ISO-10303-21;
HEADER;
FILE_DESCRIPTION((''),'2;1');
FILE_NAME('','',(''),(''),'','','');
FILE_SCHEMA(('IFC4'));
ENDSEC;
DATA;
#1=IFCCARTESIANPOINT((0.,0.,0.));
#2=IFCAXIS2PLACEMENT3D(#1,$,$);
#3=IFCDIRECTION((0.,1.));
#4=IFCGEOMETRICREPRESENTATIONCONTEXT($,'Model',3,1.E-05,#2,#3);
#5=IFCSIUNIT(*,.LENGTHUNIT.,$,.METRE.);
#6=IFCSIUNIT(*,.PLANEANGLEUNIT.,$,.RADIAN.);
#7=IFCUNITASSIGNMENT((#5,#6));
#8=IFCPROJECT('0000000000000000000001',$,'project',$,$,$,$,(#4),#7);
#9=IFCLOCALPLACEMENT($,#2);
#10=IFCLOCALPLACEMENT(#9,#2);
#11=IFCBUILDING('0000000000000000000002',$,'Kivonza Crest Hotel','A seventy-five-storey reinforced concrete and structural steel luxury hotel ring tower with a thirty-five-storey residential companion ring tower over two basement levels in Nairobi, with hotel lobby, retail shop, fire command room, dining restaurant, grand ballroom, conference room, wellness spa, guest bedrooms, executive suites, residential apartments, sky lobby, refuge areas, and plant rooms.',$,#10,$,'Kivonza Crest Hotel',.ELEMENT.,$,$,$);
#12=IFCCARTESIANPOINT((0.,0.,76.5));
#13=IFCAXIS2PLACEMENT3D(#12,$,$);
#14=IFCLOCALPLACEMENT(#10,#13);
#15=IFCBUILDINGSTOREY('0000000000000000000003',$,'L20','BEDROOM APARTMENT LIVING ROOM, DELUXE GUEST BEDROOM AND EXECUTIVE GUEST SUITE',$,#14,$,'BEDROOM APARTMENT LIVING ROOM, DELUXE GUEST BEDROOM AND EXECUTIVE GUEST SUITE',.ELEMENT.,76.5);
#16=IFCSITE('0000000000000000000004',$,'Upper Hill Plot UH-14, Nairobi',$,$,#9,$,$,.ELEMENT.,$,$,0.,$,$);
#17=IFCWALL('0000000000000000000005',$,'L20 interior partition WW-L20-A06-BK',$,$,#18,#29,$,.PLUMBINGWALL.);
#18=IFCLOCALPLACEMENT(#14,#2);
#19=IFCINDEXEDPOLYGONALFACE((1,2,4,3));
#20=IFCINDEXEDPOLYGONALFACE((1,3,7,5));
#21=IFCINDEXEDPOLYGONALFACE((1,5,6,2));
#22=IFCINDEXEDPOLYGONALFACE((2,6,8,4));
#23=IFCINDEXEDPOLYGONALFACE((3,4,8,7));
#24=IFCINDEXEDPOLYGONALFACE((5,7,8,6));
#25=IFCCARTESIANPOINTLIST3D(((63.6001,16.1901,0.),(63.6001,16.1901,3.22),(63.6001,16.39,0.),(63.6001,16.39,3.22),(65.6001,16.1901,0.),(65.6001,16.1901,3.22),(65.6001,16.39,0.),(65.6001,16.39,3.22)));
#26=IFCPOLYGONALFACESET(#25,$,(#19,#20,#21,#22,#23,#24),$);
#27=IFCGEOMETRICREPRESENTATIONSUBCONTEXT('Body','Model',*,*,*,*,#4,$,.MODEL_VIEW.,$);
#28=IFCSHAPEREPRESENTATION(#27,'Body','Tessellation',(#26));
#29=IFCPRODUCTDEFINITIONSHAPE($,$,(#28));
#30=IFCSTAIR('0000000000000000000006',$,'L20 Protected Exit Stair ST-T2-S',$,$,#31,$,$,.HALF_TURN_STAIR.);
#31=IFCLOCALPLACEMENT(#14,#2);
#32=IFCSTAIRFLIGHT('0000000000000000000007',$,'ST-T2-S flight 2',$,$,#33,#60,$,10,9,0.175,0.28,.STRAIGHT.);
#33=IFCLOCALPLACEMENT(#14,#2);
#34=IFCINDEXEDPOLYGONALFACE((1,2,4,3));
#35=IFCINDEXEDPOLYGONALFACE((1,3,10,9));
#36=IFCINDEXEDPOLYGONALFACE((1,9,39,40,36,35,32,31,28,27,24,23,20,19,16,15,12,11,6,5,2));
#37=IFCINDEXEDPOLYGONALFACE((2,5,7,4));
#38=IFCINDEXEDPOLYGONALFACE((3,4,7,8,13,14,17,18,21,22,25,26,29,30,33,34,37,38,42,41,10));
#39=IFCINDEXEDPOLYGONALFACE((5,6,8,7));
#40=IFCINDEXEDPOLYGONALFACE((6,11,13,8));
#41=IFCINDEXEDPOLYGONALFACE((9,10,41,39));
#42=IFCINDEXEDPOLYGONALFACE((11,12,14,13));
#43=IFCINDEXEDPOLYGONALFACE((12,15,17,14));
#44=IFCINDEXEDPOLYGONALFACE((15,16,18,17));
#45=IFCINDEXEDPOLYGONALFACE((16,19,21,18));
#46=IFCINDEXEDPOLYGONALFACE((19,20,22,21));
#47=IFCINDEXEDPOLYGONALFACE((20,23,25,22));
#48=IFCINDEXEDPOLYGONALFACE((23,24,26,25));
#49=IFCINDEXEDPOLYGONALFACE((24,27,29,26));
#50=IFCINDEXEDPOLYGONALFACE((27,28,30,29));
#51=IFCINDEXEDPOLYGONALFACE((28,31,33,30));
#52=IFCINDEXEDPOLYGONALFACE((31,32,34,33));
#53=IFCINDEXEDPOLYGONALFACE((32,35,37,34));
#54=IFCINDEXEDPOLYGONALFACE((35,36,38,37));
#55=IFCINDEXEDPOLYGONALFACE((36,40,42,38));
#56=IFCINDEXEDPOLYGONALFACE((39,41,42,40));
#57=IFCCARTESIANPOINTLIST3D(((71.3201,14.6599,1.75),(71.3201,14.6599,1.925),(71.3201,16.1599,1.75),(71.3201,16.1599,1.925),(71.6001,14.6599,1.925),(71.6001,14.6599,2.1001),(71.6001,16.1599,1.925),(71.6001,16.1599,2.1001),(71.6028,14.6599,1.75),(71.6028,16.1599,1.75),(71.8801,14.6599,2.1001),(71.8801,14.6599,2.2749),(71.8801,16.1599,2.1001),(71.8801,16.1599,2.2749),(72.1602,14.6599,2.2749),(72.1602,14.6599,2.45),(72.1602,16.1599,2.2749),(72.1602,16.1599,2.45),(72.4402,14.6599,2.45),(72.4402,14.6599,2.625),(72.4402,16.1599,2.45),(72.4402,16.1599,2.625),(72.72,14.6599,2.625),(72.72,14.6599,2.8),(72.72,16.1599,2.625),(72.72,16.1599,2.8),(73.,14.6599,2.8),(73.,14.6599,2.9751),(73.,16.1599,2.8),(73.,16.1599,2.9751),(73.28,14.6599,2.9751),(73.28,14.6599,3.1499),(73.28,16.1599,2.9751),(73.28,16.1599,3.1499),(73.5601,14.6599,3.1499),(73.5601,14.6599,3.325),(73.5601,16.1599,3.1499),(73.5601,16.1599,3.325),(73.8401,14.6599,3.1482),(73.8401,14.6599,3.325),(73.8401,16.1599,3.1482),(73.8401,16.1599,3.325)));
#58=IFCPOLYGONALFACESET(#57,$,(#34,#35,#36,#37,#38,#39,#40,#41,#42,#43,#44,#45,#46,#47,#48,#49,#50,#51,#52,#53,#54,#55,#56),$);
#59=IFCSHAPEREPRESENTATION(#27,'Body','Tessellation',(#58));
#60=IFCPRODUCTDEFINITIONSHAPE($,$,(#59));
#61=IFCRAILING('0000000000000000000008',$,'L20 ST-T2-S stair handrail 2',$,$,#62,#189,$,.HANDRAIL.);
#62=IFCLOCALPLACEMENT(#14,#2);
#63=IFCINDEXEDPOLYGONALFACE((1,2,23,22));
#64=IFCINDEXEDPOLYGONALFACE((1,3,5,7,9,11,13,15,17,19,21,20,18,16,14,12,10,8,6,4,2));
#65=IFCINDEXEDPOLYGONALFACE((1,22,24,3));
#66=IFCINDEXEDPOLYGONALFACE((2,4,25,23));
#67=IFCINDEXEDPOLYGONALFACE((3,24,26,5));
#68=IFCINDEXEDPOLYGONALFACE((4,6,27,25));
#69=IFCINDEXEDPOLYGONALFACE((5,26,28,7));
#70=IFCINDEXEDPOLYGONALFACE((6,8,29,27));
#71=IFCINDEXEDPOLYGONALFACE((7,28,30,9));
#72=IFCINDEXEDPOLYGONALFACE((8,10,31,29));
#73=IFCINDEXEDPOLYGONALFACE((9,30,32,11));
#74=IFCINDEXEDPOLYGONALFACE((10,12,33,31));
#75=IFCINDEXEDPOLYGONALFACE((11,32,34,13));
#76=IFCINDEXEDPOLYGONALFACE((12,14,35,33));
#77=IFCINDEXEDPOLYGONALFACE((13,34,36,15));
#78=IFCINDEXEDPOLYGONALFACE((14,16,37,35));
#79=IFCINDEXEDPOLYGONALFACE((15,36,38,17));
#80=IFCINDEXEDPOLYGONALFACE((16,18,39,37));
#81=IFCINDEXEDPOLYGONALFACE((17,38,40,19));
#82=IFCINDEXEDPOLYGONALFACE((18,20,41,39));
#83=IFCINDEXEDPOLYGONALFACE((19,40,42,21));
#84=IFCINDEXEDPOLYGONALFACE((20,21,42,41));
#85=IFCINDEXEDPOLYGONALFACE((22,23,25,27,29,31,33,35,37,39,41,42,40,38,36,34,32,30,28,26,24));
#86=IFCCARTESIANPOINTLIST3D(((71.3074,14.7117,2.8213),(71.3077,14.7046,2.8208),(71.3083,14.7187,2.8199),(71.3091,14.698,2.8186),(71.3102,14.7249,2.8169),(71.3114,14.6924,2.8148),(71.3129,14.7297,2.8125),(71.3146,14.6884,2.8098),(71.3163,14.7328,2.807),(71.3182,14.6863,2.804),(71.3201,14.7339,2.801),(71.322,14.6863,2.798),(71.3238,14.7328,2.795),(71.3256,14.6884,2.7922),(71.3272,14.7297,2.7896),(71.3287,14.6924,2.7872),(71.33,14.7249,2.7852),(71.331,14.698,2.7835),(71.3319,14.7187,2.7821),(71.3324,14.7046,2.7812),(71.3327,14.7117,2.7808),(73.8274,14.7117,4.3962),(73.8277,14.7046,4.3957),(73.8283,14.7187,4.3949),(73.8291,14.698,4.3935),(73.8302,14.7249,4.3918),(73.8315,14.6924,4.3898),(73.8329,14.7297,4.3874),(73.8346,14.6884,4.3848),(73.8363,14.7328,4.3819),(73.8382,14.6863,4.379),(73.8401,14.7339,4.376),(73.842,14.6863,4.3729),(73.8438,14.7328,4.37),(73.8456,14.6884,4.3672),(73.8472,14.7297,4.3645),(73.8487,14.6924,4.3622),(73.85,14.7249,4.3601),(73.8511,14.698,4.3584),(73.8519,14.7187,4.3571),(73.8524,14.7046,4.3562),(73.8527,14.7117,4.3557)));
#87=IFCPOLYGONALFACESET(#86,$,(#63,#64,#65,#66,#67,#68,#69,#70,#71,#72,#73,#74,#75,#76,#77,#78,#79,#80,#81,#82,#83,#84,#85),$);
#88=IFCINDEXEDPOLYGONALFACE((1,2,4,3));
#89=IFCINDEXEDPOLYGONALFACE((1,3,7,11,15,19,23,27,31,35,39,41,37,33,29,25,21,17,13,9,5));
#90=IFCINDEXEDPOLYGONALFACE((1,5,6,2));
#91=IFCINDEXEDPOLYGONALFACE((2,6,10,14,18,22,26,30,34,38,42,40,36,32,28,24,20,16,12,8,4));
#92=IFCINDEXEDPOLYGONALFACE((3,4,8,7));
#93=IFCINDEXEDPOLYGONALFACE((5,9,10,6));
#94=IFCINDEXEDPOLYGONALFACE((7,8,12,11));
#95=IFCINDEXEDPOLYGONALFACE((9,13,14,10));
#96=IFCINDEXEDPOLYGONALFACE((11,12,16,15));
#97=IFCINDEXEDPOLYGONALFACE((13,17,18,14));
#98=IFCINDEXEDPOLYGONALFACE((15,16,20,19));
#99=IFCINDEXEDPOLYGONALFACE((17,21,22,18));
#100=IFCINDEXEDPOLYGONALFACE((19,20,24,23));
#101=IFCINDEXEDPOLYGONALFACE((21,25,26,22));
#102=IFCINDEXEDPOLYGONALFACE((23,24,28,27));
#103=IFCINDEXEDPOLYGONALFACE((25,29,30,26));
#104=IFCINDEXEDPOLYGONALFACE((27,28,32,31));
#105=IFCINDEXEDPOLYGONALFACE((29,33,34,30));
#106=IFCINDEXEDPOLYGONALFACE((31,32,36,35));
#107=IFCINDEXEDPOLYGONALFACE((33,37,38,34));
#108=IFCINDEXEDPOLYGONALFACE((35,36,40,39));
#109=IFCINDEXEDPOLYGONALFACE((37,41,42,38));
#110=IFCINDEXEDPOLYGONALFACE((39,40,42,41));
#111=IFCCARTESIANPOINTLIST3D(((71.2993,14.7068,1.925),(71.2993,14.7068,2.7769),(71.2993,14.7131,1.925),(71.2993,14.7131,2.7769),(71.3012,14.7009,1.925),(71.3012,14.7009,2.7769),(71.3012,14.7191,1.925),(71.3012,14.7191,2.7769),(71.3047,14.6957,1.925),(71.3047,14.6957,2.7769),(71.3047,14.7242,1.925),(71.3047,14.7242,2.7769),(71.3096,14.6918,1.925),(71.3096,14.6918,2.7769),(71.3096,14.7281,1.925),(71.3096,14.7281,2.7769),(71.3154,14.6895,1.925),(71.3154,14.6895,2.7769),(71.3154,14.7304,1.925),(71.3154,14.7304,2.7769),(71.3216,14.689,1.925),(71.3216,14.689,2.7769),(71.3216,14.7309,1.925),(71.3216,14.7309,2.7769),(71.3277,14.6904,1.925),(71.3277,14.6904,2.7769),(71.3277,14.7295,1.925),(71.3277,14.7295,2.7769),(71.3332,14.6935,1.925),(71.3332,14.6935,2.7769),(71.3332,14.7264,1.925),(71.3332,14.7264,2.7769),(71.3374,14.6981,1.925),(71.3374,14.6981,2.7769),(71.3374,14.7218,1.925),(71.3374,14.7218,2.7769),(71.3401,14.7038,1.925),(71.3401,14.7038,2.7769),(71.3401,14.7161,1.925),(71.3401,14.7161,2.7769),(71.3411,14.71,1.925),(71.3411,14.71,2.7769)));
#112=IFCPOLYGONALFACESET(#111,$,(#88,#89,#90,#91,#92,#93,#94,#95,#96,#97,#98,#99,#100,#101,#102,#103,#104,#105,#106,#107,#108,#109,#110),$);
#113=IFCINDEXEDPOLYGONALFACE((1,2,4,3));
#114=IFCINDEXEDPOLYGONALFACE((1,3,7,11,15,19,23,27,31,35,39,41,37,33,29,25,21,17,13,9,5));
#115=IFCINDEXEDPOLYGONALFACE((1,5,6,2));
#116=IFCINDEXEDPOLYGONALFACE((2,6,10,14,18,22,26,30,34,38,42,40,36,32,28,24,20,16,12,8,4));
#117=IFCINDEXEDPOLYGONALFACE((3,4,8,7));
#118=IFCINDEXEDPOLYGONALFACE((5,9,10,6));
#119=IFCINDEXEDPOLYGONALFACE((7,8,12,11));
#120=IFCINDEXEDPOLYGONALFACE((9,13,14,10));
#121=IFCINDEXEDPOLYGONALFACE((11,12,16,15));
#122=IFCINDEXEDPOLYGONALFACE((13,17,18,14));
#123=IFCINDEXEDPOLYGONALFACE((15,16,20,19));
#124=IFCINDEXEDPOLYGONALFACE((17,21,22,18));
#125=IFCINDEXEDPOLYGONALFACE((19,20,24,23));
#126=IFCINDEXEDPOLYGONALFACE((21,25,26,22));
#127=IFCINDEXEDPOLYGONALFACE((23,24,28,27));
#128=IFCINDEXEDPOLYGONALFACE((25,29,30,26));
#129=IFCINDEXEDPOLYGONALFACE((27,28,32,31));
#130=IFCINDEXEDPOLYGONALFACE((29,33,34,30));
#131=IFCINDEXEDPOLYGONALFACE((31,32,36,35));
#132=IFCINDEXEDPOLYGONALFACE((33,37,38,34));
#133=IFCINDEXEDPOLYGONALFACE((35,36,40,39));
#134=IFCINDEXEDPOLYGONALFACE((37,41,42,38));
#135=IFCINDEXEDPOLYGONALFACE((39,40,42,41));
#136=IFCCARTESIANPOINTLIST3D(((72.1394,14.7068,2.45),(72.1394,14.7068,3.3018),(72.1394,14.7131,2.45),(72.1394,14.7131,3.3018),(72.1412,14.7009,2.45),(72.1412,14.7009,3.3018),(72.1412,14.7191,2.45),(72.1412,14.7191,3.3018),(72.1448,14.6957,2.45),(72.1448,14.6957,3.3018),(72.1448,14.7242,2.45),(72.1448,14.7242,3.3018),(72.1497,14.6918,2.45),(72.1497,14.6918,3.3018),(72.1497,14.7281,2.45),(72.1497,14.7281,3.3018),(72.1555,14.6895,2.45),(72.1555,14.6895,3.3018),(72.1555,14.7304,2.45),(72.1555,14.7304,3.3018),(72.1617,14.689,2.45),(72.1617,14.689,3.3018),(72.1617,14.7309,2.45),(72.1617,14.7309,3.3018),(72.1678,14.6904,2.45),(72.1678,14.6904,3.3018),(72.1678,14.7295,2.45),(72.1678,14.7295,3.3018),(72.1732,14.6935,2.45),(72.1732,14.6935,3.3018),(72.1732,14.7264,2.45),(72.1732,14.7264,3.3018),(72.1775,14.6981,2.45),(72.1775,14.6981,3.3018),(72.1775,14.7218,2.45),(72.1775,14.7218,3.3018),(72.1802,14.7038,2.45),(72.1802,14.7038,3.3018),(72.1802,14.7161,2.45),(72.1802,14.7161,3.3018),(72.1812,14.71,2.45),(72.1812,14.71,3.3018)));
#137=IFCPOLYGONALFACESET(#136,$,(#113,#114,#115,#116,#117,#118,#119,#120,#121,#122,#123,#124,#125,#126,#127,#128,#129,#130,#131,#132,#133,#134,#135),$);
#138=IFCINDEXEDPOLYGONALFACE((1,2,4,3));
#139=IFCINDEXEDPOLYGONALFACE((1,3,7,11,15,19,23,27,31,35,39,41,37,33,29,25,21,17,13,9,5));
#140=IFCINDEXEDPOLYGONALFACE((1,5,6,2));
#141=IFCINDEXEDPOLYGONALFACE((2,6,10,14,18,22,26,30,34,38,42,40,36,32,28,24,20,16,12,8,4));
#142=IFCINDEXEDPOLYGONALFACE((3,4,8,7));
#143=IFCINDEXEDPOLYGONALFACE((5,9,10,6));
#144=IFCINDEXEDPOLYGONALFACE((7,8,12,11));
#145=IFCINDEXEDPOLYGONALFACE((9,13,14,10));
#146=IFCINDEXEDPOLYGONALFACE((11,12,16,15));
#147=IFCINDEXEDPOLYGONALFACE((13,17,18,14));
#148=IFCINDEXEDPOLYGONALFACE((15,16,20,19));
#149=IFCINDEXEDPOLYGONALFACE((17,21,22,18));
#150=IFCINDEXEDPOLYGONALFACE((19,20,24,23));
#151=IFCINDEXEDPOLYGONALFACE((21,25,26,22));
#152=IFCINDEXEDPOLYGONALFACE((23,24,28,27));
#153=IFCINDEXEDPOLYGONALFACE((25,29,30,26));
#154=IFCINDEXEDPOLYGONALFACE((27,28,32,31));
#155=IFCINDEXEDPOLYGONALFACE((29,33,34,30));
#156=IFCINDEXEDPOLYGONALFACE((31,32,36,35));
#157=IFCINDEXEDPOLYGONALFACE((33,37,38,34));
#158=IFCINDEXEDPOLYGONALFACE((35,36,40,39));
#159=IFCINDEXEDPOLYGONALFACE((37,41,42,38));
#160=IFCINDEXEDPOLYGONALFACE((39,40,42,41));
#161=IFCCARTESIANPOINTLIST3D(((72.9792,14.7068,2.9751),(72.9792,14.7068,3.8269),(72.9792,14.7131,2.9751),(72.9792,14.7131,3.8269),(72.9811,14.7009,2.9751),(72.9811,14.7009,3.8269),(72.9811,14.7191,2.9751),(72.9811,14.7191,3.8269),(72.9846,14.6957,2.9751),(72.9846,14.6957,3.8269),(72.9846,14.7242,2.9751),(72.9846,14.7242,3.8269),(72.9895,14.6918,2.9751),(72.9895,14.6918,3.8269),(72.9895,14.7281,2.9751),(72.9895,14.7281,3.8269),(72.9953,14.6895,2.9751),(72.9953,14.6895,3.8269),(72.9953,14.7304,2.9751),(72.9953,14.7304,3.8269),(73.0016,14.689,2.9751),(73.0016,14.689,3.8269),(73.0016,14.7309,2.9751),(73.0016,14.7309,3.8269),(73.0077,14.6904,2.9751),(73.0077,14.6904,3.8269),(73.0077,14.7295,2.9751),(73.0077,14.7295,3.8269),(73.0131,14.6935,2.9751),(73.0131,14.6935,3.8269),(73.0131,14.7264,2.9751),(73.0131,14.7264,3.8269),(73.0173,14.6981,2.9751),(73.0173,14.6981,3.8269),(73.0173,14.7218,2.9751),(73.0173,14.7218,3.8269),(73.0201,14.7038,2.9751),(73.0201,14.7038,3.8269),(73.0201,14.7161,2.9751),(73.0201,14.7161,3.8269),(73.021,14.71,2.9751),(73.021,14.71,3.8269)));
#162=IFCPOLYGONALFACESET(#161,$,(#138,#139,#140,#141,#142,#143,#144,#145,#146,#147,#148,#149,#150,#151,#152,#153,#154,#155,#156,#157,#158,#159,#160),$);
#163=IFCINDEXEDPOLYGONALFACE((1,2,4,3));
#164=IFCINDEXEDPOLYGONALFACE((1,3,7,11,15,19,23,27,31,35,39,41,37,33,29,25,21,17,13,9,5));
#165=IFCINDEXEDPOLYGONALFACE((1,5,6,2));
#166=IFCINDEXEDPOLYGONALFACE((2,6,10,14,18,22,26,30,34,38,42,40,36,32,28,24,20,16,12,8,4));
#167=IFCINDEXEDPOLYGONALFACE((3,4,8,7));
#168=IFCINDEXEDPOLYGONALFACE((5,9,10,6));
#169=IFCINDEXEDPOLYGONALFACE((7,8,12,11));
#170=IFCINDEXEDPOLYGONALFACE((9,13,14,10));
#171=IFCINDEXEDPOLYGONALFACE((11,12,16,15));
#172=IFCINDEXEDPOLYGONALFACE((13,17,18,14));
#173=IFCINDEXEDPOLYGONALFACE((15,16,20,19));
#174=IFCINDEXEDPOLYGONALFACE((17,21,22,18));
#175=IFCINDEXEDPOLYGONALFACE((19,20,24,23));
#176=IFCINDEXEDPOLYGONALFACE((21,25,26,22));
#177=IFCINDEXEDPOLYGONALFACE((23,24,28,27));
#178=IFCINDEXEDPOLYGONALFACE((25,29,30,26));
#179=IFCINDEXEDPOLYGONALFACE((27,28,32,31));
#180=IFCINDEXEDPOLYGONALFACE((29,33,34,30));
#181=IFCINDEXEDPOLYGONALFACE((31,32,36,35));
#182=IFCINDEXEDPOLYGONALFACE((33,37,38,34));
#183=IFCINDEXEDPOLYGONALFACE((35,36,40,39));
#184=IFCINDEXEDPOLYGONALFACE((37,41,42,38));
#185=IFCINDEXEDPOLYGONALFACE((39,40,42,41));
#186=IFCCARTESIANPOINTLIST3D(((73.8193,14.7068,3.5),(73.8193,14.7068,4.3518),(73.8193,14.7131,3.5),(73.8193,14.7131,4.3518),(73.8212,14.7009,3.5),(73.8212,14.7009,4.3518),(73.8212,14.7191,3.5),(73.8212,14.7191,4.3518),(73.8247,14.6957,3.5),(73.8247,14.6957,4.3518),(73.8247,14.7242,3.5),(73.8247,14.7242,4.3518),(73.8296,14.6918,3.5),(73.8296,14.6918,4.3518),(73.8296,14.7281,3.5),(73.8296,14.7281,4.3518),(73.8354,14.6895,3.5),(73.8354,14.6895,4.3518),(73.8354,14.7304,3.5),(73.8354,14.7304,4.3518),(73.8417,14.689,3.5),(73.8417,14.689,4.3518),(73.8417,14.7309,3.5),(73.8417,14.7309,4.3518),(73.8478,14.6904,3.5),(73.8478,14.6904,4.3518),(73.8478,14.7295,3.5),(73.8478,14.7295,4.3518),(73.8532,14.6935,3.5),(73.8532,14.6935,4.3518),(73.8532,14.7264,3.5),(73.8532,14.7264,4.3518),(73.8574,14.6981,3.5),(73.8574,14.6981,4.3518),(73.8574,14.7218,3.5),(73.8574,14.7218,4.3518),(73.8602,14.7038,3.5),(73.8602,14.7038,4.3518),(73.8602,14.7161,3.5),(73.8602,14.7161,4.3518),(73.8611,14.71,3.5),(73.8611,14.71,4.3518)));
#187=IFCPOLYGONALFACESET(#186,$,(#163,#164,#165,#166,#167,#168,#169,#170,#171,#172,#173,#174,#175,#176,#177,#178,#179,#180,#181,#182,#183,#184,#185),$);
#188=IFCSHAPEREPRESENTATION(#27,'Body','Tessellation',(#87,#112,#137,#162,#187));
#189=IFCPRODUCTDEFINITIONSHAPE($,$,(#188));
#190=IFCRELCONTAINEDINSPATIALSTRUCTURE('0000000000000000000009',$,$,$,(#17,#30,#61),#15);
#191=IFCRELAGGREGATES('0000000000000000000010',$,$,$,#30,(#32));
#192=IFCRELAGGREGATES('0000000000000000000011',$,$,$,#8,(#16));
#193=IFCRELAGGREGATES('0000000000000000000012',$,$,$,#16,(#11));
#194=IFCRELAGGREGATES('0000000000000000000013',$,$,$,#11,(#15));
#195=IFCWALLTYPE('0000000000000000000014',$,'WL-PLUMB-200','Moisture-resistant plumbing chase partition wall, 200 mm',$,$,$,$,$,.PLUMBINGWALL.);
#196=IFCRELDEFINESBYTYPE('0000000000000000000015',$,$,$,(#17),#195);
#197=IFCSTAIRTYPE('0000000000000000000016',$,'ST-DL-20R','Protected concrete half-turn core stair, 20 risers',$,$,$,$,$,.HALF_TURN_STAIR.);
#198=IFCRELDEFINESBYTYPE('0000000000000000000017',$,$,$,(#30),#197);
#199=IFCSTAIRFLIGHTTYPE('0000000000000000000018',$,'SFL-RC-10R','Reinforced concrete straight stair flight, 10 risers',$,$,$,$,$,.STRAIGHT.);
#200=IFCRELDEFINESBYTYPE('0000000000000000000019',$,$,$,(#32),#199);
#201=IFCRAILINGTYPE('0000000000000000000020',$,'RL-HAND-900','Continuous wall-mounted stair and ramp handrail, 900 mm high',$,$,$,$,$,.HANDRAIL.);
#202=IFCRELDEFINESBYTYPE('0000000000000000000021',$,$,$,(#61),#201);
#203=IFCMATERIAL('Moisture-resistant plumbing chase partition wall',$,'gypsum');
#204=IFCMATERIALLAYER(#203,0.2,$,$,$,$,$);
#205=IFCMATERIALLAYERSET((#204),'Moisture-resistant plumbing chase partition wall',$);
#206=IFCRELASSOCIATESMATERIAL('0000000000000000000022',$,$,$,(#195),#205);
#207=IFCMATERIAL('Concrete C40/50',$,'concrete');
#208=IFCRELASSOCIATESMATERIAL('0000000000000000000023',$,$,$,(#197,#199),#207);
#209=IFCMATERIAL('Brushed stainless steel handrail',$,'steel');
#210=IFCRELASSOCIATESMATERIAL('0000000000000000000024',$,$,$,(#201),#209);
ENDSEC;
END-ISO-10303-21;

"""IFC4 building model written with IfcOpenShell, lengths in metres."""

from ifc_helpers import new_model, si_unit, direction, frame, frame_2d, origin, origin_2d, place, context, subcontext, project, spatial, polyline, rectangle, circle, outline, extrude, material, layer, layer_set, type_object, element, aggregate, save


model = new_model("IFC4")

# Units and contexts
model_context = context("Model", 3, precision=1e-05, world=origin(), true_north=direction((0.0, 1.0)))
body_context = subcontext(model_context, "Body", "Model", "MODEL_VIEW")
ifc_project = project(units=[si_unit("LENGTHUNIT", "METRE"), si_unit("PLANEANGLEUNIT", "RADIAN")], contexts=[model_context])

# Site, building, storey
site_placement = place(None, origin())
site = spatial("IfcSite", under=ifc_project, at=site_placement, Name="Upper Hill Plot UH-14, Nairobi", CompositionType="ELEMENT", RefElevation=0.0)
building_placement = place(site_placement, origin())
building = spatial("IfcBuilding", under=site, at=building_placement, Name="Kivonza Crest Hotel", Description="A seventy-five-storey reinforced concrete and structural steel luxury hotel ring tower with a thirty-five-storey residential companion ring tower over two basement levels in Nairobi, with hotel lobby, retail shop, fire command room, dining restaurant, grand ballroom, conference room, wellness spa, guest bedrooms, executive suites, residential apartments, sky lobby, refuge areas, and plant rooms.", LongName="Kivonza Crest Hotel", CompositionType="ELEMENT")
storey_placement = place(building_placement, frame((0.0, 0.0, 76.5)))
storey = spatial("IfcBuildingStorey", under=building, at=storey_placement, Name="L20", Description="BEDROOM APARTMENT LIVING ROOM, DELUXE GUEST BEDROOM AND EXECUTIVE GUEST SUITE", LongName="BEDROOM APARTMENT LIVING ROOM, DELUXE GUEST BEDROOM AND EXECUTIVE GUEST SUITE", CompositionType="ELEMENT", Elevation=76.5)

# Wall
ifc_material_1 = material(Name="Moisture-resistant plumbing chase partition wall", Category="gypsum")
ifc_layer_1 = layer(ifc_material_1, 0.2)
ifc_layer_set_1 = layer_set([ifc_layer_1], Name="Moisture-resistant plumbing chase partition wall")
wall_type_1 = type_object("IfcWallType", Name="WL-PLUMB-200", Description="Moisture-resistant plumbing chase partition wall, 200 mm", PredefinedType="PLUMBINGWALL", material=ifc_layer_set_1)
wall_1_placement = place(storey_placement, frame((63.6001, 16.29, 0.0), z_axis=(0.0, 0.0, 1.0), x_axis=(1.0, 0.0, 0.0)))
element("IfcWall", 1, at=wall_1_placement, inside=storey, type_object=wall_type_1, Name="L20 interior partition WW-L20-A06-BK", PredefinedType="PLUMBINGWALL", context=body_context, shape_type="SweptSolid", body=[
    extrude(rectangle(XDim=2.0, YDim=0.2, at=frame_2d((1.0, 0.0))), origin(), (0.0, 0.0, 1.0), 3.22),
])

# Stair, stair flight
ifc_material_2 = material(Name="Concrete C40/50", Category="concrete")
stair_type = type_object("IfcStairType", Name="ST-DL-20R", Description="Protected concrete half-turn core stair, 20 risers", PredefinedType="HALF_TURN_STAIR", material=ifc_material_2)
stair_placement = place(storey_placement, origin())
stair = element("IfcStair", 2, at=stair_placement, inside=storey, type_object=stair_type, Name="L20 Protected Exit Stair ST-T2-S", PredefinedType="HALF_TURN_STAIR")
stair_flight_type = type_object("IfcStairFlightType", Name="SFL-RC-10R", Description="Reinforced concrete straight stair flight, 10 risers", PredefinedType="STRAIGHT", material=ifc_material_2)
stair_flight_placement = place(storey_placement, frame((71.3201, 15.4099, 1.75), z_axis=(0.0, 0.0, 1.0), x_axis=(1.0, 0.0, 0.0)))
stair_flight = element("IfcStairFlight", 3, at=stair_flight_placement, type_object=stair_flight_type, Name="ST-T2-S flight 2", NumberOfRisers=10, NumberOfTreads=9, PredefinedType="STRAIGHT", RiserHeight=0.175, TreadLength=0.28, context=body_context, shape_type="SweptSolid", body=[
    extrude(outline(polyline([(0.0, 0.0), (0.0, 0.175), (0.28, 0.175), (0.28, 0.3501), (0.5601, 0.3501), (0.5601, 0.5249), (0.8401, 0.5249), (0.8401, 0.7), (1.1201, 0.7), (1.1201, 0.875), (1.3999, 0.875), (1.3999, 1.05), (1.6799, 1.05), (1.6799, 1.2251), (1.96, 1.2251), (1.96, 1.3999), (2.24, 1.3999), (2.24, 1.575), (2.52, 1.575), (2.52, 1.75), (2.52, 1.3982), (0.2827, 0.0), (0.0, 0.0)])), frame((0.0, 0.75, 0.0), z_axis=(0.0, -1.0, 0.0), x_axis=(1.0, 0.0, 0.0)), (0.0, 0.0, 1.0), 1.5),
])
aggregate(stair, [stair_flight])

# Railing
ifc_material_3 = material(Name="Brushed stainless steel handrail", Category="steel")
railing_type_1 = type_object("IfcRailingType", Name="RL-HAND-900", Description="Continuous wall-mounted stair and ramp handrail, 900 mm high", PredefinedType="HANDRAIL", material=ifc_material_3)
railing_1_placement = place(storey_placement, frame((71.3201, 14.71, 1.925)))
element("IfcRailing", 4, at=railing_1_placement, inside=storey, type_object=railing_type_1, Name="L20 ST-T2-S stair handrail 2", PredefinedType="HANDRAIL", context=body_context, shape_type="SweptSolid", body=[
    extrude(circle(Radius=0.0239, at=origin_2d()), frame((0.0, 0.0, 0.876), z_axis=(0.848008, 0.0, 0.529984), x_axis=(0.0, 1.0, 0.0)), (0.0, 0.0, 1.0), 2.9717),
    extrude(circle(Radius=0.021, at=origin_2d()), origin(), (0.0, 0.0, 1.0), 0.8518),
    extrude(circle(Radius=0.021, at=origin_2d()), frame((0.8401, 0.0, 0.5249)), (0.0, 0.0, 1.0), 0.8518),
    extrude(circle(Radius=0.021, at=origin_2d()), frame((1.6799, 0.0, 1.05)), (0.0, 0.0, 1.0), 0.8518),
    extrude(circle(Radius=0.021, at=origin_2d()), frame((2.52, 0.0, 1.575)), (0.0, 0.0, 1.0), 0.8518),
])

save(model, "model.ifc")
